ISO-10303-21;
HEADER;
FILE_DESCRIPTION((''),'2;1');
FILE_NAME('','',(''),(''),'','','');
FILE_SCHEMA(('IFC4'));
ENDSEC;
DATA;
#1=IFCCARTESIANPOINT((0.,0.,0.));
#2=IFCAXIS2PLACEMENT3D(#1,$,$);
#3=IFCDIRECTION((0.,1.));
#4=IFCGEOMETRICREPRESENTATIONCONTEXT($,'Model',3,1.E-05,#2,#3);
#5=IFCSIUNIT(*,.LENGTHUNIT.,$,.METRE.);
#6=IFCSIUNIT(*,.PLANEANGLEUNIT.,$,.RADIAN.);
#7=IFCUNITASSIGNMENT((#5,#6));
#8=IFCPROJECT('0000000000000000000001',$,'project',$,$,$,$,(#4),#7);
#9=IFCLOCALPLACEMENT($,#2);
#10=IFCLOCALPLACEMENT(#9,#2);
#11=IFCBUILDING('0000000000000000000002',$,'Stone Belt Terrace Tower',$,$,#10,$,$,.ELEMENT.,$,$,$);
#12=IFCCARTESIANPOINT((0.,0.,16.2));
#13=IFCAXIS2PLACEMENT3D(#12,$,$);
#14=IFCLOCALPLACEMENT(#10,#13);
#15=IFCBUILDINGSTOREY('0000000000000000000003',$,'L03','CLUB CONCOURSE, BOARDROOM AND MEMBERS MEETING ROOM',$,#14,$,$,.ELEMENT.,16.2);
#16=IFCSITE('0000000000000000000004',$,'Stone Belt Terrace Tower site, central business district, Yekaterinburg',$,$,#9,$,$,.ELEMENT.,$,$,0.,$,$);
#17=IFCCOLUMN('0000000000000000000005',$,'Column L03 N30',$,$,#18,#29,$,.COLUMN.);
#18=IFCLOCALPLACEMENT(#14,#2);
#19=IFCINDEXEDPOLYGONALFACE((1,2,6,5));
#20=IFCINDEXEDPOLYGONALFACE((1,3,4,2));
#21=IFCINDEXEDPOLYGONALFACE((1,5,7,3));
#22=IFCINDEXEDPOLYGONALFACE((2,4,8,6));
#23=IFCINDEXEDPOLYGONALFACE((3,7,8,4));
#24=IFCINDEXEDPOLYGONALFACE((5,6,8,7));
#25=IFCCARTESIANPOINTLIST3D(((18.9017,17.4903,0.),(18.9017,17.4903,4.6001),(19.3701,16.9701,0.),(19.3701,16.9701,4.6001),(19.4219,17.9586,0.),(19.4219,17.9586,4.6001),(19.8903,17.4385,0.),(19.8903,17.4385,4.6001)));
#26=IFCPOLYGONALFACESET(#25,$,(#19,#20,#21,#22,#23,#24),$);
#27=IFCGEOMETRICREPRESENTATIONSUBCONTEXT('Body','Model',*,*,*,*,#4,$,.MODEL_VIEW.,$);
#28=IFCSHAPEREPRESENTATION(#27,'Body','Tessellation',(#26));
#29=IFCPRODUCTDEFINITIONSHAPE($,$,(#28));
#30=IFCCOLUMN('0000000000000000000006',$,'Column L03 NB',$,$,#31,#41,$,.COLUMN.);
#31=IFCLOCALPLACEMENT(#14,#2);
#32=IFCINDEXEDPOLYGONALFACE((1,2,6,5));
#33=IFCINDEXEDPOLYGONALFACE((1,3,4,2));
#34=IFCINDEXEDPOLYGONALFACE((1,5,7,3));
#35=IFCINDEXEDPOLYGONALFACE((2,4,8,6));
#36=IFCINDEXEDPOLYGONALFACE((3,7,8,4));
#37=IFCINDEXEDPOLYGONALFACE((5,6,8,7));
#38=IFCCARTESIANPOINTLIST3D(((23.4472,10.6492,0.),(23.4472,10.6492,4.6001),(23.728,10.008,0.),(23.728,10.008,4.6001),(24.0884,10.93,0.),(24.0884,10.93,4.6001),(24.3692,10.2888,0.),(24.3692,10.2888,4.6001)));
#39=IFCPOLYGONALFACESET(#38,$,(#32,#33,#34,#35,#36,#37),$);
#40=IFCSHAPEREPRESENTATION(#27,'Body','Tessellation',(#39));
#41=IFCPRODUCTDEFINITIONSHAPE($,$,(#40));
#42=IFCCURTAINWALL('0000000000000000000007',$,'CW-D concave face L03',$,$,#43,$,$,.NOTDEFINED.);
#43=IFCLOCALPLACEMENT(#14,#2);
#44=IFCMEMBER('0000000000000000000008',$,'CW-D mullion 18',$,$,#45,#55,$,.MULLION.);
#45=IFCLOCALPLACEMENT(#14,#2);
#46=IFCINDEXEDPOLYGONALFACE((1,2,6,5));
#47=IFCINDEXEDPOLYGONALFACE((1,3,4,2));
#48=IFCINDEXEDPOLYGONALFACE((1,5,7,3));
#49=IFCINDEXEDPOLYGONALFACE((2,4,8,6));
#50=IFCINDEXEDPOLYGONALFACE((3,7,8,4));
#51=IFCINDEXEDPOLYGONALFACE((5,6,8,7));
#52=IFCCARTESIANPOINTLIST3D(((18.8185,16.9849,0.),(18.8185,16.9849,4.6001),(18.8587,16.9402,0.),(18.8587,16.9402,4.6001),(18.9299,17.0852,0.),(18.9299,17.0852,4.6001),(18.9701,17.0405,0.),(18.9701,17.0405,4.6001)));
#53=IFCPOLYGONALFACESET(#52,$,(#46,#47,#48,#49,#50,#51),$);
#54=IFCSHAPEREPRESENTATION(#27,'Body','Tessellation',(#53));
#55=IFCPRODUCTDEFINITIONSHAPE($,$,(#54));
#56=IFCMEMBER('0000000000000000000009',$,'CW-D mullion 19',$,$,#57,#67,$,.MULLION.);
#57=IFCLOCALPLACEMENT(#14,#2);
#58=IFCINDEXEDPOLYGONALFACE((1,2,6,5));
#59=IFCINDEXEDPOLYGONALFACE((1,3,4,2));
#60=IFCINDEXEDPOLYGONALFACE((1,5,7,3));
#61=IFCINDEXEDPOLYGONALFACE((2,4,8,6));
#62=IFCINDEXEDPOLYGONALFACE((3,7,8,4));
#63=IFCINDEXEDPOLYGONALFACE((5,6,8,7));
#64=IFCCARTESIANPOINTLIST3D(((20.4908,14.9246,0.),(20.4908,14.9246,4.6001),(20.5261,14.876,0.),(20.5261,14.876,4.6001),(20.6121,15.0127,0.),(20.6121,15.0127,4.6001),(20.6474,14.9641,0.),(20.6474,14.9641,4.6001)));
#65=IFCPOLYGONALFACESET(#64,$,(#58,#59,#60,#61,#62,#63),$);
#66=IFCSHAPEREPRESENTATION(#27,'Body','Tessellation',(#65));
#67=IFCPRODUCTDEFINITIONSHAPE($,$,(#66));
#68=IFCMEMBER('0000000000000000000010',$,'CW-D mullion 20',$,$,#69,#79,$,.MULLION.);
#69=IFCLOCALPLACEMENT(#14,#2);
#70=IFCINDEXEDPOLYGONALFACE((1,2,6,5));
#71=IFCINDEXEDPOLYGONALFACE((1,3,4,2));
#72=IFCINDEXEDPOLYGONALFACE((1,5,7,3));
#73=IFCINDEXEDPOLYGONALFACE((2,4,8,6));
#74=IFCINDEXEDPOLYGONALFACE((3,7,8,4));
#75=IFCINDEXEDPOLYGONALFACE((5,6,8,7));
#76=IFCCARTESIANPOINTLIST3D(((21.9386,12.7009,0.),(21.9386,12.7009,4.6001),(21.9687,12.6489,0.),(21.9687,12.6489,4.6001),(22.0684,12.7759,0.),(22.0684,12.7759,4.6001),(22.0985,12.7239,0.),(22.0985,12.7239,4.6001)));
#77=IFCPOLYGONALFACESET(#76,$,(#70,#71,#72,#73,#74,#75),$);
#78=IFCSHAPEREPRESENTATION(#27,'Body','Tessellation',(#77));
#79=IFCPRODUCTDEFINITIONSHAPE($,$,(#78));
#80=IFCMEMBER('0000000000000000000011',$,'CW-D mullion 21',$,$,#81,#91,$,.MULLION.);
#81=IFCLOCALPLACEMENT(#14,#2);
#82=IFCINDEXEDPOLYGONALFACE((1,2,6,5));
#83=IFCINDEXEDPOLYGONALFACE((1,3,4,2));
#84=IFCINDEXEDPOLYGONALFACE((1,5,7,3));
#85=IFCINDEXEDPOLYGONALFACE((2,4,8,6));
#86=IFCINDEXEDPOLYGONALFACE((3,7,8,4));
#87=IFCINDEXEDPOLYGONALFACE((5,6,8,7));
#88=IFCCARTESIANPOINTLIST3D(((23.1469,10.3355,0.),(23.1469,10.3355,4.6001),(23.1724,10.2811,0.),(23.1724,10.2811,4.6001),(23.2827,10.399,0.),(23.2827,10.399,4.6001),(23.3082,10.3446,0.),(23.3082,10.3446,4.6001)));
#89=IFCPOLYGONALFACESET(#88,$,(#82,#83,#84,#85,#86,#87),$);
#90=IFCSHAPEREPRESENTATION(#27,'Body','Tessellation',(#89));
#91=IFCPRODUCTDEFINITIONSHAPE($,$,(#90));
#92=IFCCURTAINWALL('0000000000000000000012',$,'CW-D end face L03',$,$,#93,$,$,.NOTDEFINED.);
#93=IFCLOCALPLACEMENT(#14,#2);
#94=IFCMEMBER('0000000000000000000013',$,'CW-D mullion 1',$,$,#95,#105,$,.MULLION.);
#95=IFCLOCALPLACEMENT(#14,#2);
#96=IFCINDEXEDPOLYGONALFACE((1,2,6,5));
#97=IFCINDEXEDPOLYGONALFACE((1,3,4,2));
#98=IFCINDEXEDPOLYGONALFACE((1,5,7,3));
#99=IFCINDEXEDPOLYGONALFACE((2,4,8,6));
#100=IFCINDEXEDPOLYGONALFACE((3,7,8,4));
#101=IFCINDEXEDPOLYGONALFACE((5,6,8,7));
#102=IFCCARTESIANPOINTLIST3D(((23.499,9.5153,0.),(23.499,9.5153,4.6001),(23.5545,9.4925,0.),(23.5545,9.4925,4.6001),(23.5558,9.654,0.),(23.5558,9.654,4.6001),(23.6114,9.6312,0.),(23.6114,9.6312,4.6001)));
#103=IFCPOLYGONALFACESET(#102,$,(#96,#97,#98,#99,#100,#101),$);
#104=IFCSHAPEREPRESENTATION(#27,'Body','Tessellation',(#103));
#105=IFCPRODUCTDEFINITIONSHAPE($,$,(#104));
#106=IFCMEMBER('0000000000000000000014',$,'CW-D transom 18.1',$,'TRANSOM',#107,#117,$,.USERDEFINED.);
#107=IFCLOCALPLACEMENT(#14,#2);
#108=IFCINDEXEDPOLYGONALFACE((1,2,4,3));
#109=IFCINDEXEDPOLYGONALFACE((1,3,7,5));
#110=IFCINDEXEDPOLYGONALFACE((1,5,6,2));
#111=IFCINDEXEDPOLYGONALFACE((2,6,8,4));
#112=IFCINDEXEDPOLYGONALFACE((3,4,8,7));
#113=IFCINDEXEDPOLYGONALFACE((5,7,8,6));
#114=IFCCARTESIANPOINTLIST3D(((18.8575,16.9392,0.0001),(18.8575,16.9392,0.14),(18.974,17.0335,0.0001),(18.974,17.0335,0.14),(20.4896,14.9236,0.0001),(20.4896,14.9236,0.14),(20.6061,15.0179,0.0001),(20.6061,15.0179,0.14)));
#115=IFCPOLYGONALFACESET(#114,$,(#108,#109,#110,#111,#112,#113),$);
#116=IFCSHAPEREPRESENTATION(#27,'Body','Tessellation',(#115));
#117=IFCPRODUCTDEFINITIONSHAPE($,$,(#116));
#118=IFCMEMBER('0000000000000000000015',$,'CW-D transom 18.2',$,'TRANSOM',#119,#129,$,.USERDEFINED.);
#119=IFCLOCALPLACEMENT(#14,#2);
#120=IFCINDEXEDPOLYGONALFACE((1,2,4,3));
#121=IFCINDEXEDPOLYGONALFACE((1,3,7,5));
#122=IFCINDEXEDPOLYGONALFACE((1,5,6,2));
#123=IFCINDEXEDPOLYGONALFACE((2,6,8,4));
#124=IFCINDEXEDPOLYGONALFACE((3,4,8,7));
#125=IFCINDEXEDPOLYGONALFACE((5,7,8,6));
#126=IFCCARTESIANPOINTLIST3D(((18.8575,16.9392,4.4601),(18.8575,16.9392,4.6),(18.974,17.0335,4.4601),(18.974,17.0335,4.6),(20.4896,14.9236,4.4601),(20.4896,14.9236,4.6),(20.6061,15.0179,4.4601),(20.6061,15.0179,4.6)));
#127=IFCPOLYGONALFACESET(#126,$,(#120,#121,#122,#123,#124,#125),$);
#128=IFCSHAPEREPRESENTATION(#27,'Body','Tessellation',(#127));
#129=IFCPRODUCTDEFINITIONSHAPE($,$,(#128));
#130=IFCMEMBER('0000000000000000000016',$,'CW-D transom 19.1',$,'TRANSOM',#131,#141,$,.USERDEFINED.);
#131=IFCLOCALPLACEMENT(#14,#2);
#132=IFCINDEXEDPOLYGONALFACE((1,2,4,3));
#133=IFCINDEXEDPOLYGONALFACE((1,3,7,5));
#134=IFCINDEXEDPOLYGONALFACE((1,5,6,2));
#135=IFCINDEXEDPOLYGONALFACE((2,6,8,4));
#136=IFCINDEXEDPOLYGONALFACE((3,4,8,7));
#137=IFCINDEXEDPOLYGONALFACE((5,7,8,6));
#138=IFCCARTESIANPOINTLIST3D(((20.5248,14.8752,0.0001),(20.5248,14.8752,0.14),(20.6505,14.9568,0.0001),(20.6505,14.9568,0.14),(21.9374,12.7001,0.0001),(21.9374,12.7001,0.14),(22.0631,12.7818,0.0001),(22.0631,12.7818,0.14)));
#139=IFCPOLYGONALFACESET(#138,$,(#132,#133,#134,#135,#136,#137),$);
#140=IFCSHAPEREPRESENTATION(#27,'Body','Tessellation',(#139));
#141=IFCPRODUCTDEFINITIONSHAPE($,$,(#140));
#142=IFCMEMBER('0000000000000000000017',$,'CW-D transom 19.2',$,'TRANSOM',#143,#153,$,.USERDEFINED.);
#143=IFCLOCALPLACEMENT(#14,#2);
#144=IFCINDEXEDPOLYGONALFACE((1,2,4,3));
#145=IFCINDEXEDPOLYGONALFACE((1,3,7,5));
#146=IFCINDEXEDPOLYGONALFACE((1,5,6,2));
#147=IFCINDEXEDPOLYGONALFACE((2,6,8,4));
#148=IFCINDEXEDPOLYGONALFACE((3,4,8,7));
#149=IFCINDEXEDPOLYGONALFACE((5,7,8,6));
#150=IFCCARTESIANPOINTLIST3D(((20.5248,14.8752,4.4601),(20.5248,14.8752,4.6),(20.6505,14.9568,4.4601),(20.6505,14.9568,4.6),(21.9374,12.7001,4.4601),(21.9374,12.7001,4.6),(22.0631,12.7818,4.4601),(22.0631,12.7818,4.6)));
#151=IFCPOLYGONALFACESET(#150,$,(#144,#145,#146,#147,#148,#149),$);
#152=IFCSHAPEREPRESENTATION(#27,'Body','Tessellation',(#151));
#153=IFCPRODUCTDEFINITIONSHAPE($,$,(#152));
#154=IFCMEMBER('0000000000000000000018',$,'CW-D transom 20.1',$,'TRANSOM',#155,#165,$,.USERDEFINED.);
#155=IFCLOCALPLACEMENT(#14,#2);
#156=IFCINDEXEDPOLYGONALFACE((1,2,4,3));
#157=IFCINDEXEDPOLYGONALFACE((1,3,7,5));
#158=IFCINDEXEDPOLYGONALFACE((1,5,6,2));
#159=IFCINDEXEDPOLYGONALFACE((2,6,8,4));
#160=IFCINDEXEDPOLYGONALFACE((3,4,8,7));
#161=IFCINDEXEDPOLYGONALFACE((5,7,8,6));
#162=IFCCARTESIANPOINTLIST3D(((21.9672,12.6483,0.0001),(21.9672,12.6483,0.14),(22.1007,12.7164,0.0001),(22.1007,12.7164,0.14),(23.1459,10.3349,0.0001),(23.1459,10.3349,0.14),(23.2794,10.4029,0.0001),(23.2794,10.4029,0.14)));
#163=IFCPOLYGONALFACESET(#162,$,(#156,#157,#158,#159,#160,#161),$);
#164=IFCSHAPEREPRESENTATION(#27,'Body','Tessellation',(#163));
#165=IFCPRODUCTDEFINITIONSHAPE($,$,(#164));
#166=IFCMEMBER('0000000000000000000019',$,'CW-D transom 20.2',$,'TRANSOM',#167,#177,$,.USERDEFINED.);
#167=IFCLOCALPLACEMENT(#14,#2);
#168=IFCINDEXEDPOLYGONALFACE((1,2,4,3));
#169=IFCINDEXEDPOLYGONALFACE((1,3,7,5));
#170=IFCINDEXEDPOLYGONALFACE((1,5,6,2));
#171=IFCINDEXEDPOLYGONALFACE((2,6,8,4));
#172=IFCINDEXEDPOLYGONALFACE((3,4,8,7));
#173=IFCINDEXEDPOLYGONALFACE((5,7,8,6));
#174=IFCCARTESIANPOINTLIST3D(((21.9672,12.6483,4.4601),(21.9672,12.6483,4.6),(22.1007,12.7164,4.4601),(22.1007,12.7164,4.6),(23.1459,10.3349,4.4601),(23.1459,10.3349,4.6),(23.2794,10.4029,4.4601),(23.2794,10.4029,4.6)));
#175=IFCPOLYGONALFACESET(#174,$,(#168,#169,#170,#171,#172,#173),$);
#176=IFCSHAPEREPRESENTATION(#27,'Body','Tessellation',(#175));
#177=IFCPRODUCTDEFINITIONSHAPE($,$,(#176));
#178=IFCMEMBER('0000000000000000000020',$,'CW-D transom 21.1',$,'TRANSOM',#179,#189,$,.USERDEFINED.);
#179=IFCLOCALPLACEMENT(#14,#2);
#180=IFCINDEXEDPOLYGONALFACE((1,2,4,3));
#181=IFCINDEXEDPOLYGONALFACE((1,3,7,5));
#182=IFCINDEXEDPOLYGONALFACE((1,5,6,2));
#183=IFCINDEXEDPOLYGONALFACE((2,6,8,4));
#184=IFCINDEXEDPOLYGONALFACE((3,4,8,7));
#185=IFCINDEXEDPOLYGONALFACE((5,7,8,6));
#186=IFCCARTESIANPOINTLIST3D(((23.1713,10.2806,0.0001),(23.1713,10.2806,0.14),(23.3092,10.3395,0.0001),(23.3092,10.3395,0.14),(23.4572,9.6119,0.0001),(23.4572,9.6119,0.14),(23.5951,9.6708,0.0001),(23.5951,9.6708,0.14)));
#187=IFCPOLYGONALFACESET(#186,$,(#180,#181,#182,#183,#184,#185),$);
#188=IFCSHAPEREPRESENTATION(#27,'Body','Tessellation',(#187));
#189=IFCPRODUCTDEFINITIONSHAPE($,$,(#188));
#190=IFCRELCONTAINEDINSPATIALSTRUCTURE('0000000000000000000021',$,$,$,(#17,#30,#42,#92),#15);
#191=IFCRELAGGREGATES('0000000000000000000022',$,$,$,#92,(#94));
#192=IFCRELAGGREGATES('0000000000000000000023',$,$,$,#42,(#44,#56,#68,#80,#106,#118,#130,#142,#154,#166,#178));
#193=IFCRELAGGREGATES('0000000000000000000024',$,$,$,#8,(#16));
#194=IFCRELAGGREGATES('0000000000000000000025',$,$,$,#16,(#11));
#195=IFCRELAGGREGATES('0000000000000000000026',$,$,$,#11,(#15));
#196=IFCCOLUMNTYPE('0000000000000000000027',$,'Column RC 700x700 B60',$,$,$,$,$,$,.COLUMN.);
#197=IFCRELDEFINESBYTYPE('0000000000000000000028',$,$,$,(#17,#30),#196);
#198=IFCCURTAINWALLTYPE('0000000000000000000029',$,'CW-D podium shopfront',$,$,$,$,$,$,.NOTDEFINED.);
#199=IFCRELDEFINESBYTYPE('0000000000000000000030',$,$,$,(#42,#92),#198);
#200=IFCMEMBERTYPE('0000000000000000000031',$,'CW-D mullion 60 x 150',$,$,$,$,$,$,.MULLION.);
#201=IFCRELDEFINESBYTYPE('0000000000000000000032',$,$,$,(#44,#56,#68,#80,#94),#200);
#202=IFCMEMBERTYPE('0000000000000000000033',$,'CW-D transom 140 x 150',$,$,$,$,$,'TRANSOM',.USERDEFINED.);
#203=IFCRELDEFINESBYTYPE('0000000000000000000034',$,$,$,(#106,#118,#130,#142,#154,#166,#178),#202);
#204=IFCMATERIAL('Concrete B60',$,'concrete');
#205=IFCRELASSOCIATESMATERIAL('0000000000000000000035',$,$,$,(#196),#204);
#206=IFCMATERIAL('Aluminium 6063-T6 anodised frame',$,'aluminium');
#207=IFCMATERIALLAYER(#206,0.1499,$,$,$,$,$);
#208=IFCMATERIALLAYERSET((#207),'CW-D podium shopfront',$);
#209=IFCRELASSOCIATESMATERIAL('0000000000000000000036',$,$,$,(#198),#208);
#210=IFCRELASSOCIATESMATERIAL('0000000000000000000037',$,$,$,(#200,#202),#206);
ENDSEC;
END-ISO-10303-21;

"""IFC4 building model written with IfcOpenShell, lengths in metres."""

from ifc_helpers import new_model, si_unit, direction, frame, origin, origin_2d, place, context, subcontext, project, spatial, rectangle, extrude, material, layer, layer_set, material_profile, profile_set, type_object, element, aggregate, save


model = new_model("IFC4")

# Units and contexts
model_context = context("Model", 3, precision=1e-05, world=origin(), true_north=direction((0.0, 1.0)))
body_context = subcontext(model_context, "Body", "Model", "MODEL_VIEW")
ifc_project = project(units=[si_unit("LENGTHUNIT", "METRE"), si_unit("PLANEANGLEUNIT", "RADIAN")], contexts=[model_context])

# Site, building, storey
site_placement = place(None, origin())
site = spatial("IfcSite", under=ifc_project, at=site_placement, Name="Stone Belt Terrace Tower site, central business district, Yekaterinburg", CompositionType="ELEMENT", RefElevation=0.0)
building_placement = place(site_placement, origin())
building = spatial("IfcBuilding", under=site, at=building_placement, Name="Stone Belt Terrace Tower", CompositionType="ELEMENT")
storey_placement = place(building_placement, frame((0.0, 0.0, 16.2)))
storey = spatial("IfcBuildingStorey", under=building, at=storey_placement, Name="L03", Description="CLUB CONCOURSE, BOARDROOM AND MEMBERS MEETING ROOM", CompositionType="ELEMENT", Elevation=16.2)

# Columns
ifc_material_1 = material(Name="Concrete B60", Category="concrete")
ifc_material_profile_1 = material_profile(ifc_material_1, rectangle(XDim=0.7, YDim=0.7, at=origin_2d()), Name="RC 700x700")
ifc_profile_set_1 = profile_set([ifc_material_profile_1], Name="Concrete B60")
column_type = type_object("IfcColumnType", Name="Column RC 700x700 B60", PredefinedType="COLUMN", material=ifc_profile_set_1)
for number, where, z_axis, x_axis, name in (
    (1, (19.396, 17.4644, 0.0), (0.0, 0.0, 1.0), (0.669131, -0.743145, 0.0), "Column L03 N30"),
    (2, (23.9082, 10.469, 0.0), (0.0, 0.0, 1.0), (0.401115, -0.916028, 0.0), "Column L03 NB"),
):
    element("IfcColumn", number, at=place(storey_placement, frame(where, z_axis=z_axis, x_axis=x_axis)), inside=storey, type_object=column_type, Name=name, PredefinedType="COLUMN", context=body_context, shape_type="SweptSolid", body=[
        extrude(rectangle(XDim=0.7, YDim=0.7, at=origin_2d()), origin(), (0.0, 0.0, 1.0), 4.6001),
    ])

# Curtain wall, members
ifc_material_2 = material(Name="Aluminium 6063-T6 anodised frame", Category="aluminium")
ifc_layer_1 = layer(ifc_material_2, 0.1499)
ifc_layer_set_1 = layer_set([ifc_layer_1], Name="CW-D podium shopfront")
curtain_wall_type = type_object("IfcCurtainWallType", Name="CW-D podium shopfront", PredefinedType="NOTDEFINED", material=ifc_layer_set_1)
curtain_wall_1_placement = place(storey_placement, origin())
curtain_wall_1 = element("IfcCurtainWall", 3, at=curtain_wall_1_placement, inside=storey, type_object=curtain_wall_type, Name="CW-D concave face L03", PredefinedType="NOTDEFINED")
ifc_material_profile_2 = material_profile(ifc_material_2, rectangle(XDim=0.1499, YDim=0.0601, at=origin_2d()), Name="Aluminium 6063-T6 60x150")
ifc_profile_set_2 = profile_set([ifc_material_profile_2], Name="Aluminium 6063-T6 anodised frame")
member_type_1 = type_object("IfcMemberType", Name="CW-D mullion 60 x 150", PredefinedType="MULLION", material=ifc_profile_set_2)
member_1_placement = place(storey_placement, frame((18.8943, 17.0127, 0.0), z_axis=(0.0, 0.0, 1.0), x_axis=(0.743145, 0.669131, 0.0)))
member_1 = element("IfcMember", 4, at=member_1_placement, type_object=member_type_1, Name="CW-D mullion 18", PredefinedType="MULLION", context=body_context, shape_type="SweptSolid", body=[
    extrude(rectangle(XDim=0.1499, YDim=0.0601, at=origin_2d()), origin(), (0.0, 0.0, 1.0), 4.6001),
])
member_2_placement = place(storey_placement, frame((20.5691, 14.9443, 0.0), z_axis=(0.0, 0.0, 1.0), x_axis=(0.809017, 0.587785, 0.0)))
member_2 = element("IfcMember", 5, at=member_2_placement, type_object=member_type_1, Name="CW-D mullion 19", PredefinedType="MULLION", context=body_context, shape_type="SweptSolid", body=[
    extrude(rectangle(XDim=0.1499, YDim=0.0601, at=origin_2d()), origin(), (0.0, 0.0, 1.0), 4.6001),
])
member_3_placement = place(storey_placement, frame((22.0186, 12.7124, 0.0), z_axis=(0.0, 0.0, 1.0), x_axis=(0.866025, 0.5, 0.0)))
member_3 = element("IfcMember", 6, at=member_3_placement, type_object=member_type_1, Name="CW-D mullion 20", PredefinedType="MULLION", context=body_context, shape_type="SweptSolid", body=[
    extrude(rectangle(XDim=0.1499, YDim=0.0601, at=origin_2d()), origin(), (0.0, 0.0, 1.0), 4.6001),
])
member_4_placement = place(storey_placement, frame((23.2275, 10.3401, 0.0), z_axis=(0.0, 0.0, 1.0), x_axis=(0.905778, 0.423752, 0.0)))
member_4 = element("IfcMember", 7, at=member_4_placement, type_object=member_type_1, Name="CW-D mullion 21", PredefinedType="MULLION", context=body_context, shape_type="SweptSolid", body=[
    extrude(rectangle(XDim=0.1499, YDim=0.0601, at=origin_2d()), origin(), (0.0, 0.0, 1.0), 4.6001),
])

# Curtain wall, member
curtain_wall_2_placement = place(storey_placement, origin())
curtain_wall_2 = element("IfcCurtainWall", 8, at=curtain_wall_2_placement, inside=storey, type_object=curtain_wall_type, Name="CW-D end face L03", PredefinedType="NOTDEFINED")
member_5_placement = place(storey_placement, frame((23.5552, 9.5732, 0.0), z_axis=(0.0, 0.0, 1.0), x_axis=(0.379212, 0.92531, 0.0)))
member_5 = element("IfcMember", 9, at=member_5_placement, type_object=member_type_1, Name="CW-D mullion 1", PredefinedType="MULLION", context=body_context, shape_type="SweptSolid", body=[
    extrude(rectangle(XDim=0.1499, YDim=0.0601, at=origin_2d()), origin(), (0.0, 0.0, 1.0), 4.6001),
])

# Members
ifc_material_profile_3 = material_profile(ifc_material_2, rectangle(XDim=0.1499, YDim=0.1399, at=origin_2d()), Name="Aluminium 6063-T6 150x140")
ifc_profile_set_3 = profile_set([ifc_material_profile_3], Name="Aluminium 6063-T6 anodised frame")
member_type_2 = type_object("IfcMemberType", Name="CW-D transom 140 x 150", ElementType="TRANSOM", PredefinedType="USERDEFINED", material=ifc_profile_set_3)
member_6_placement = place(storey_placement, frame((18.9158, 16.9863, 0.0701), z_axis=(0.629288, -0.777173, 0.0), x_axis=(0.777173, 0.629288, 0.0)))
member_6 = element("IfcMember", 10, at=member_6_placement, type_object=member_type_2, Name="CW-D transom 18.1", ObjectType="TRANSOM", PredefinedType="USERDEFINED", context=body_context, shape_type="SweptSolid", body=[
    extrude(rectangle(XDim=0.1499, YDim=0.1399, at=origin_2d()), origin(), (0.0, 0.0, 1.0), 2.5935),
])
member_7_placement = place(storey_placement, frame((18.9158, 16.9863, 4.53), z_axis=(0.629288, -0.777173, 0.0), x_axis=(0.777173, 0.629288, 0.0)))
member_7 = element("IfcMember", 11, at=member_7_placement, type_object=member_type_2, Name="CW-D transom 18.2", ObjectType="TRANSOM", PredefinedType="USERDEFINED", context=body_context, shape_type="SweptSolid", body=[
    extrude(rectangle(XDim=0.1499, YDim=0.1399, at=origin_2d()), origin(), (0.0, 0.0, 1.0), 2.5935),
])
member_8_placement = place(storey_placement, frame((20.5876, 14.916, 0.0701), z_axis=(0.544667, -0.838652, 0.0), x_axis=(0.838652, 0.544667, 0.0)))
member_8 = element("IfcMember", 12, at=member_8_placement, type_object=member_type_2, Name="CW-D transom 19.1", ObjectType="TRANSOM", PredefinedType="USERDEFINED", context=body_context, shape_type="SweptSolid", body=[
    extrude(rectangle(XDim=0.1499, YDim=0.1399, at=origin_2d()), origin(), (0.0, 0.0, 1.0), 2.5935),
])
member_9_placement = place(storey_placement, frame((20.5876, 14.916, 4.53), z_axis=(0.544667, -0.838652, 0.0), x_axis=(0.838652, 0.544667, 0.0)))
member_9 = element("IfcMember", 13, at=member_9_placement, type_object=member_type_2, Name="CW-D transom 19.2", ObjectType="TRANSOM", PredefinedType="USERDEFINED", context=body_context, shape_type="SweptSolid", body=[
    extrude(rectangle(XDim=0.1499, YDim=0.1399, at=origin_2d()), origin(), (0.0, 0.0, 1.0), 2.5935),
])
member_10_placement = place(storey_placement, frame((22.0339, 12.6824, 0.0701), z_axis=(0.453971, -0.891017, 0.0), x_axis=(0.891017, 0.453971, 0.0)))
member_10 = element("IfcMember", 14, at=member_10_placement, type_object=member_type_2, Name="CW-D transom 20.1", ObjectType="TRANSOM", PredefinedType="USERDEFINED", context=body_context, shape_type="SweptSolid", body=[
    extrude(rectangle(XDim=0.1499, YDim=0.1399, at=origin_2d()), origin(), (0.0, 0.0, 1.0), 2.5964),
])
member_11_placement = place(storey_placement, frame((22.0339, 12.6824, 4.53), z_axis=(0.453971, -0.891017, 0.0), x_axis=(0.891017, 0.453971, 0.0)))
member_11 = element("IfcMember", 15, at=member_11_placement, type_object=member_type_2, Name="CW-D transom 20.2", ObjectType="TRANSOM", PredefinedType="USERDEFINED", context=body_context, shape_type="SweptSolid", body=[
    extrude(rectangle(XDim=0.1499, YDim=0.1399, at=origin_2d()), origin(), (0.0, 0.0, 1.0), 2.5964),
])
member_12_placement = place(storey_placement, frame((23.2402, 10.3101, 0.0701), z_axis=(0.393109, -0.919492, 0.0), x_axis=(0.919492, 0.393109, 0.0)))
member_12 = element("IfcMember", 16, at=member_12_placement, type_object=member_type_2, Name="CW-D transom 21.1", ObjectType="TRANSOM", PredefinedType="USERDEFINED", context=body_context, shape_type="SweptSolid", body=[
    extrude(rectangle(XDim=0.1499, YDim=0.1399, at=origin_2d()), origin(), (0.0, 0.0, 1.0), 0.7273),
])
aggregate(curtain_wall_2, [member_5])

aggregate(curtain_wall_1, [member_1, member_2, member_3, member_4, member_6, member_7, member_8, member_9, member_10, member_11, member_12])

save(model, "model.ifc")
